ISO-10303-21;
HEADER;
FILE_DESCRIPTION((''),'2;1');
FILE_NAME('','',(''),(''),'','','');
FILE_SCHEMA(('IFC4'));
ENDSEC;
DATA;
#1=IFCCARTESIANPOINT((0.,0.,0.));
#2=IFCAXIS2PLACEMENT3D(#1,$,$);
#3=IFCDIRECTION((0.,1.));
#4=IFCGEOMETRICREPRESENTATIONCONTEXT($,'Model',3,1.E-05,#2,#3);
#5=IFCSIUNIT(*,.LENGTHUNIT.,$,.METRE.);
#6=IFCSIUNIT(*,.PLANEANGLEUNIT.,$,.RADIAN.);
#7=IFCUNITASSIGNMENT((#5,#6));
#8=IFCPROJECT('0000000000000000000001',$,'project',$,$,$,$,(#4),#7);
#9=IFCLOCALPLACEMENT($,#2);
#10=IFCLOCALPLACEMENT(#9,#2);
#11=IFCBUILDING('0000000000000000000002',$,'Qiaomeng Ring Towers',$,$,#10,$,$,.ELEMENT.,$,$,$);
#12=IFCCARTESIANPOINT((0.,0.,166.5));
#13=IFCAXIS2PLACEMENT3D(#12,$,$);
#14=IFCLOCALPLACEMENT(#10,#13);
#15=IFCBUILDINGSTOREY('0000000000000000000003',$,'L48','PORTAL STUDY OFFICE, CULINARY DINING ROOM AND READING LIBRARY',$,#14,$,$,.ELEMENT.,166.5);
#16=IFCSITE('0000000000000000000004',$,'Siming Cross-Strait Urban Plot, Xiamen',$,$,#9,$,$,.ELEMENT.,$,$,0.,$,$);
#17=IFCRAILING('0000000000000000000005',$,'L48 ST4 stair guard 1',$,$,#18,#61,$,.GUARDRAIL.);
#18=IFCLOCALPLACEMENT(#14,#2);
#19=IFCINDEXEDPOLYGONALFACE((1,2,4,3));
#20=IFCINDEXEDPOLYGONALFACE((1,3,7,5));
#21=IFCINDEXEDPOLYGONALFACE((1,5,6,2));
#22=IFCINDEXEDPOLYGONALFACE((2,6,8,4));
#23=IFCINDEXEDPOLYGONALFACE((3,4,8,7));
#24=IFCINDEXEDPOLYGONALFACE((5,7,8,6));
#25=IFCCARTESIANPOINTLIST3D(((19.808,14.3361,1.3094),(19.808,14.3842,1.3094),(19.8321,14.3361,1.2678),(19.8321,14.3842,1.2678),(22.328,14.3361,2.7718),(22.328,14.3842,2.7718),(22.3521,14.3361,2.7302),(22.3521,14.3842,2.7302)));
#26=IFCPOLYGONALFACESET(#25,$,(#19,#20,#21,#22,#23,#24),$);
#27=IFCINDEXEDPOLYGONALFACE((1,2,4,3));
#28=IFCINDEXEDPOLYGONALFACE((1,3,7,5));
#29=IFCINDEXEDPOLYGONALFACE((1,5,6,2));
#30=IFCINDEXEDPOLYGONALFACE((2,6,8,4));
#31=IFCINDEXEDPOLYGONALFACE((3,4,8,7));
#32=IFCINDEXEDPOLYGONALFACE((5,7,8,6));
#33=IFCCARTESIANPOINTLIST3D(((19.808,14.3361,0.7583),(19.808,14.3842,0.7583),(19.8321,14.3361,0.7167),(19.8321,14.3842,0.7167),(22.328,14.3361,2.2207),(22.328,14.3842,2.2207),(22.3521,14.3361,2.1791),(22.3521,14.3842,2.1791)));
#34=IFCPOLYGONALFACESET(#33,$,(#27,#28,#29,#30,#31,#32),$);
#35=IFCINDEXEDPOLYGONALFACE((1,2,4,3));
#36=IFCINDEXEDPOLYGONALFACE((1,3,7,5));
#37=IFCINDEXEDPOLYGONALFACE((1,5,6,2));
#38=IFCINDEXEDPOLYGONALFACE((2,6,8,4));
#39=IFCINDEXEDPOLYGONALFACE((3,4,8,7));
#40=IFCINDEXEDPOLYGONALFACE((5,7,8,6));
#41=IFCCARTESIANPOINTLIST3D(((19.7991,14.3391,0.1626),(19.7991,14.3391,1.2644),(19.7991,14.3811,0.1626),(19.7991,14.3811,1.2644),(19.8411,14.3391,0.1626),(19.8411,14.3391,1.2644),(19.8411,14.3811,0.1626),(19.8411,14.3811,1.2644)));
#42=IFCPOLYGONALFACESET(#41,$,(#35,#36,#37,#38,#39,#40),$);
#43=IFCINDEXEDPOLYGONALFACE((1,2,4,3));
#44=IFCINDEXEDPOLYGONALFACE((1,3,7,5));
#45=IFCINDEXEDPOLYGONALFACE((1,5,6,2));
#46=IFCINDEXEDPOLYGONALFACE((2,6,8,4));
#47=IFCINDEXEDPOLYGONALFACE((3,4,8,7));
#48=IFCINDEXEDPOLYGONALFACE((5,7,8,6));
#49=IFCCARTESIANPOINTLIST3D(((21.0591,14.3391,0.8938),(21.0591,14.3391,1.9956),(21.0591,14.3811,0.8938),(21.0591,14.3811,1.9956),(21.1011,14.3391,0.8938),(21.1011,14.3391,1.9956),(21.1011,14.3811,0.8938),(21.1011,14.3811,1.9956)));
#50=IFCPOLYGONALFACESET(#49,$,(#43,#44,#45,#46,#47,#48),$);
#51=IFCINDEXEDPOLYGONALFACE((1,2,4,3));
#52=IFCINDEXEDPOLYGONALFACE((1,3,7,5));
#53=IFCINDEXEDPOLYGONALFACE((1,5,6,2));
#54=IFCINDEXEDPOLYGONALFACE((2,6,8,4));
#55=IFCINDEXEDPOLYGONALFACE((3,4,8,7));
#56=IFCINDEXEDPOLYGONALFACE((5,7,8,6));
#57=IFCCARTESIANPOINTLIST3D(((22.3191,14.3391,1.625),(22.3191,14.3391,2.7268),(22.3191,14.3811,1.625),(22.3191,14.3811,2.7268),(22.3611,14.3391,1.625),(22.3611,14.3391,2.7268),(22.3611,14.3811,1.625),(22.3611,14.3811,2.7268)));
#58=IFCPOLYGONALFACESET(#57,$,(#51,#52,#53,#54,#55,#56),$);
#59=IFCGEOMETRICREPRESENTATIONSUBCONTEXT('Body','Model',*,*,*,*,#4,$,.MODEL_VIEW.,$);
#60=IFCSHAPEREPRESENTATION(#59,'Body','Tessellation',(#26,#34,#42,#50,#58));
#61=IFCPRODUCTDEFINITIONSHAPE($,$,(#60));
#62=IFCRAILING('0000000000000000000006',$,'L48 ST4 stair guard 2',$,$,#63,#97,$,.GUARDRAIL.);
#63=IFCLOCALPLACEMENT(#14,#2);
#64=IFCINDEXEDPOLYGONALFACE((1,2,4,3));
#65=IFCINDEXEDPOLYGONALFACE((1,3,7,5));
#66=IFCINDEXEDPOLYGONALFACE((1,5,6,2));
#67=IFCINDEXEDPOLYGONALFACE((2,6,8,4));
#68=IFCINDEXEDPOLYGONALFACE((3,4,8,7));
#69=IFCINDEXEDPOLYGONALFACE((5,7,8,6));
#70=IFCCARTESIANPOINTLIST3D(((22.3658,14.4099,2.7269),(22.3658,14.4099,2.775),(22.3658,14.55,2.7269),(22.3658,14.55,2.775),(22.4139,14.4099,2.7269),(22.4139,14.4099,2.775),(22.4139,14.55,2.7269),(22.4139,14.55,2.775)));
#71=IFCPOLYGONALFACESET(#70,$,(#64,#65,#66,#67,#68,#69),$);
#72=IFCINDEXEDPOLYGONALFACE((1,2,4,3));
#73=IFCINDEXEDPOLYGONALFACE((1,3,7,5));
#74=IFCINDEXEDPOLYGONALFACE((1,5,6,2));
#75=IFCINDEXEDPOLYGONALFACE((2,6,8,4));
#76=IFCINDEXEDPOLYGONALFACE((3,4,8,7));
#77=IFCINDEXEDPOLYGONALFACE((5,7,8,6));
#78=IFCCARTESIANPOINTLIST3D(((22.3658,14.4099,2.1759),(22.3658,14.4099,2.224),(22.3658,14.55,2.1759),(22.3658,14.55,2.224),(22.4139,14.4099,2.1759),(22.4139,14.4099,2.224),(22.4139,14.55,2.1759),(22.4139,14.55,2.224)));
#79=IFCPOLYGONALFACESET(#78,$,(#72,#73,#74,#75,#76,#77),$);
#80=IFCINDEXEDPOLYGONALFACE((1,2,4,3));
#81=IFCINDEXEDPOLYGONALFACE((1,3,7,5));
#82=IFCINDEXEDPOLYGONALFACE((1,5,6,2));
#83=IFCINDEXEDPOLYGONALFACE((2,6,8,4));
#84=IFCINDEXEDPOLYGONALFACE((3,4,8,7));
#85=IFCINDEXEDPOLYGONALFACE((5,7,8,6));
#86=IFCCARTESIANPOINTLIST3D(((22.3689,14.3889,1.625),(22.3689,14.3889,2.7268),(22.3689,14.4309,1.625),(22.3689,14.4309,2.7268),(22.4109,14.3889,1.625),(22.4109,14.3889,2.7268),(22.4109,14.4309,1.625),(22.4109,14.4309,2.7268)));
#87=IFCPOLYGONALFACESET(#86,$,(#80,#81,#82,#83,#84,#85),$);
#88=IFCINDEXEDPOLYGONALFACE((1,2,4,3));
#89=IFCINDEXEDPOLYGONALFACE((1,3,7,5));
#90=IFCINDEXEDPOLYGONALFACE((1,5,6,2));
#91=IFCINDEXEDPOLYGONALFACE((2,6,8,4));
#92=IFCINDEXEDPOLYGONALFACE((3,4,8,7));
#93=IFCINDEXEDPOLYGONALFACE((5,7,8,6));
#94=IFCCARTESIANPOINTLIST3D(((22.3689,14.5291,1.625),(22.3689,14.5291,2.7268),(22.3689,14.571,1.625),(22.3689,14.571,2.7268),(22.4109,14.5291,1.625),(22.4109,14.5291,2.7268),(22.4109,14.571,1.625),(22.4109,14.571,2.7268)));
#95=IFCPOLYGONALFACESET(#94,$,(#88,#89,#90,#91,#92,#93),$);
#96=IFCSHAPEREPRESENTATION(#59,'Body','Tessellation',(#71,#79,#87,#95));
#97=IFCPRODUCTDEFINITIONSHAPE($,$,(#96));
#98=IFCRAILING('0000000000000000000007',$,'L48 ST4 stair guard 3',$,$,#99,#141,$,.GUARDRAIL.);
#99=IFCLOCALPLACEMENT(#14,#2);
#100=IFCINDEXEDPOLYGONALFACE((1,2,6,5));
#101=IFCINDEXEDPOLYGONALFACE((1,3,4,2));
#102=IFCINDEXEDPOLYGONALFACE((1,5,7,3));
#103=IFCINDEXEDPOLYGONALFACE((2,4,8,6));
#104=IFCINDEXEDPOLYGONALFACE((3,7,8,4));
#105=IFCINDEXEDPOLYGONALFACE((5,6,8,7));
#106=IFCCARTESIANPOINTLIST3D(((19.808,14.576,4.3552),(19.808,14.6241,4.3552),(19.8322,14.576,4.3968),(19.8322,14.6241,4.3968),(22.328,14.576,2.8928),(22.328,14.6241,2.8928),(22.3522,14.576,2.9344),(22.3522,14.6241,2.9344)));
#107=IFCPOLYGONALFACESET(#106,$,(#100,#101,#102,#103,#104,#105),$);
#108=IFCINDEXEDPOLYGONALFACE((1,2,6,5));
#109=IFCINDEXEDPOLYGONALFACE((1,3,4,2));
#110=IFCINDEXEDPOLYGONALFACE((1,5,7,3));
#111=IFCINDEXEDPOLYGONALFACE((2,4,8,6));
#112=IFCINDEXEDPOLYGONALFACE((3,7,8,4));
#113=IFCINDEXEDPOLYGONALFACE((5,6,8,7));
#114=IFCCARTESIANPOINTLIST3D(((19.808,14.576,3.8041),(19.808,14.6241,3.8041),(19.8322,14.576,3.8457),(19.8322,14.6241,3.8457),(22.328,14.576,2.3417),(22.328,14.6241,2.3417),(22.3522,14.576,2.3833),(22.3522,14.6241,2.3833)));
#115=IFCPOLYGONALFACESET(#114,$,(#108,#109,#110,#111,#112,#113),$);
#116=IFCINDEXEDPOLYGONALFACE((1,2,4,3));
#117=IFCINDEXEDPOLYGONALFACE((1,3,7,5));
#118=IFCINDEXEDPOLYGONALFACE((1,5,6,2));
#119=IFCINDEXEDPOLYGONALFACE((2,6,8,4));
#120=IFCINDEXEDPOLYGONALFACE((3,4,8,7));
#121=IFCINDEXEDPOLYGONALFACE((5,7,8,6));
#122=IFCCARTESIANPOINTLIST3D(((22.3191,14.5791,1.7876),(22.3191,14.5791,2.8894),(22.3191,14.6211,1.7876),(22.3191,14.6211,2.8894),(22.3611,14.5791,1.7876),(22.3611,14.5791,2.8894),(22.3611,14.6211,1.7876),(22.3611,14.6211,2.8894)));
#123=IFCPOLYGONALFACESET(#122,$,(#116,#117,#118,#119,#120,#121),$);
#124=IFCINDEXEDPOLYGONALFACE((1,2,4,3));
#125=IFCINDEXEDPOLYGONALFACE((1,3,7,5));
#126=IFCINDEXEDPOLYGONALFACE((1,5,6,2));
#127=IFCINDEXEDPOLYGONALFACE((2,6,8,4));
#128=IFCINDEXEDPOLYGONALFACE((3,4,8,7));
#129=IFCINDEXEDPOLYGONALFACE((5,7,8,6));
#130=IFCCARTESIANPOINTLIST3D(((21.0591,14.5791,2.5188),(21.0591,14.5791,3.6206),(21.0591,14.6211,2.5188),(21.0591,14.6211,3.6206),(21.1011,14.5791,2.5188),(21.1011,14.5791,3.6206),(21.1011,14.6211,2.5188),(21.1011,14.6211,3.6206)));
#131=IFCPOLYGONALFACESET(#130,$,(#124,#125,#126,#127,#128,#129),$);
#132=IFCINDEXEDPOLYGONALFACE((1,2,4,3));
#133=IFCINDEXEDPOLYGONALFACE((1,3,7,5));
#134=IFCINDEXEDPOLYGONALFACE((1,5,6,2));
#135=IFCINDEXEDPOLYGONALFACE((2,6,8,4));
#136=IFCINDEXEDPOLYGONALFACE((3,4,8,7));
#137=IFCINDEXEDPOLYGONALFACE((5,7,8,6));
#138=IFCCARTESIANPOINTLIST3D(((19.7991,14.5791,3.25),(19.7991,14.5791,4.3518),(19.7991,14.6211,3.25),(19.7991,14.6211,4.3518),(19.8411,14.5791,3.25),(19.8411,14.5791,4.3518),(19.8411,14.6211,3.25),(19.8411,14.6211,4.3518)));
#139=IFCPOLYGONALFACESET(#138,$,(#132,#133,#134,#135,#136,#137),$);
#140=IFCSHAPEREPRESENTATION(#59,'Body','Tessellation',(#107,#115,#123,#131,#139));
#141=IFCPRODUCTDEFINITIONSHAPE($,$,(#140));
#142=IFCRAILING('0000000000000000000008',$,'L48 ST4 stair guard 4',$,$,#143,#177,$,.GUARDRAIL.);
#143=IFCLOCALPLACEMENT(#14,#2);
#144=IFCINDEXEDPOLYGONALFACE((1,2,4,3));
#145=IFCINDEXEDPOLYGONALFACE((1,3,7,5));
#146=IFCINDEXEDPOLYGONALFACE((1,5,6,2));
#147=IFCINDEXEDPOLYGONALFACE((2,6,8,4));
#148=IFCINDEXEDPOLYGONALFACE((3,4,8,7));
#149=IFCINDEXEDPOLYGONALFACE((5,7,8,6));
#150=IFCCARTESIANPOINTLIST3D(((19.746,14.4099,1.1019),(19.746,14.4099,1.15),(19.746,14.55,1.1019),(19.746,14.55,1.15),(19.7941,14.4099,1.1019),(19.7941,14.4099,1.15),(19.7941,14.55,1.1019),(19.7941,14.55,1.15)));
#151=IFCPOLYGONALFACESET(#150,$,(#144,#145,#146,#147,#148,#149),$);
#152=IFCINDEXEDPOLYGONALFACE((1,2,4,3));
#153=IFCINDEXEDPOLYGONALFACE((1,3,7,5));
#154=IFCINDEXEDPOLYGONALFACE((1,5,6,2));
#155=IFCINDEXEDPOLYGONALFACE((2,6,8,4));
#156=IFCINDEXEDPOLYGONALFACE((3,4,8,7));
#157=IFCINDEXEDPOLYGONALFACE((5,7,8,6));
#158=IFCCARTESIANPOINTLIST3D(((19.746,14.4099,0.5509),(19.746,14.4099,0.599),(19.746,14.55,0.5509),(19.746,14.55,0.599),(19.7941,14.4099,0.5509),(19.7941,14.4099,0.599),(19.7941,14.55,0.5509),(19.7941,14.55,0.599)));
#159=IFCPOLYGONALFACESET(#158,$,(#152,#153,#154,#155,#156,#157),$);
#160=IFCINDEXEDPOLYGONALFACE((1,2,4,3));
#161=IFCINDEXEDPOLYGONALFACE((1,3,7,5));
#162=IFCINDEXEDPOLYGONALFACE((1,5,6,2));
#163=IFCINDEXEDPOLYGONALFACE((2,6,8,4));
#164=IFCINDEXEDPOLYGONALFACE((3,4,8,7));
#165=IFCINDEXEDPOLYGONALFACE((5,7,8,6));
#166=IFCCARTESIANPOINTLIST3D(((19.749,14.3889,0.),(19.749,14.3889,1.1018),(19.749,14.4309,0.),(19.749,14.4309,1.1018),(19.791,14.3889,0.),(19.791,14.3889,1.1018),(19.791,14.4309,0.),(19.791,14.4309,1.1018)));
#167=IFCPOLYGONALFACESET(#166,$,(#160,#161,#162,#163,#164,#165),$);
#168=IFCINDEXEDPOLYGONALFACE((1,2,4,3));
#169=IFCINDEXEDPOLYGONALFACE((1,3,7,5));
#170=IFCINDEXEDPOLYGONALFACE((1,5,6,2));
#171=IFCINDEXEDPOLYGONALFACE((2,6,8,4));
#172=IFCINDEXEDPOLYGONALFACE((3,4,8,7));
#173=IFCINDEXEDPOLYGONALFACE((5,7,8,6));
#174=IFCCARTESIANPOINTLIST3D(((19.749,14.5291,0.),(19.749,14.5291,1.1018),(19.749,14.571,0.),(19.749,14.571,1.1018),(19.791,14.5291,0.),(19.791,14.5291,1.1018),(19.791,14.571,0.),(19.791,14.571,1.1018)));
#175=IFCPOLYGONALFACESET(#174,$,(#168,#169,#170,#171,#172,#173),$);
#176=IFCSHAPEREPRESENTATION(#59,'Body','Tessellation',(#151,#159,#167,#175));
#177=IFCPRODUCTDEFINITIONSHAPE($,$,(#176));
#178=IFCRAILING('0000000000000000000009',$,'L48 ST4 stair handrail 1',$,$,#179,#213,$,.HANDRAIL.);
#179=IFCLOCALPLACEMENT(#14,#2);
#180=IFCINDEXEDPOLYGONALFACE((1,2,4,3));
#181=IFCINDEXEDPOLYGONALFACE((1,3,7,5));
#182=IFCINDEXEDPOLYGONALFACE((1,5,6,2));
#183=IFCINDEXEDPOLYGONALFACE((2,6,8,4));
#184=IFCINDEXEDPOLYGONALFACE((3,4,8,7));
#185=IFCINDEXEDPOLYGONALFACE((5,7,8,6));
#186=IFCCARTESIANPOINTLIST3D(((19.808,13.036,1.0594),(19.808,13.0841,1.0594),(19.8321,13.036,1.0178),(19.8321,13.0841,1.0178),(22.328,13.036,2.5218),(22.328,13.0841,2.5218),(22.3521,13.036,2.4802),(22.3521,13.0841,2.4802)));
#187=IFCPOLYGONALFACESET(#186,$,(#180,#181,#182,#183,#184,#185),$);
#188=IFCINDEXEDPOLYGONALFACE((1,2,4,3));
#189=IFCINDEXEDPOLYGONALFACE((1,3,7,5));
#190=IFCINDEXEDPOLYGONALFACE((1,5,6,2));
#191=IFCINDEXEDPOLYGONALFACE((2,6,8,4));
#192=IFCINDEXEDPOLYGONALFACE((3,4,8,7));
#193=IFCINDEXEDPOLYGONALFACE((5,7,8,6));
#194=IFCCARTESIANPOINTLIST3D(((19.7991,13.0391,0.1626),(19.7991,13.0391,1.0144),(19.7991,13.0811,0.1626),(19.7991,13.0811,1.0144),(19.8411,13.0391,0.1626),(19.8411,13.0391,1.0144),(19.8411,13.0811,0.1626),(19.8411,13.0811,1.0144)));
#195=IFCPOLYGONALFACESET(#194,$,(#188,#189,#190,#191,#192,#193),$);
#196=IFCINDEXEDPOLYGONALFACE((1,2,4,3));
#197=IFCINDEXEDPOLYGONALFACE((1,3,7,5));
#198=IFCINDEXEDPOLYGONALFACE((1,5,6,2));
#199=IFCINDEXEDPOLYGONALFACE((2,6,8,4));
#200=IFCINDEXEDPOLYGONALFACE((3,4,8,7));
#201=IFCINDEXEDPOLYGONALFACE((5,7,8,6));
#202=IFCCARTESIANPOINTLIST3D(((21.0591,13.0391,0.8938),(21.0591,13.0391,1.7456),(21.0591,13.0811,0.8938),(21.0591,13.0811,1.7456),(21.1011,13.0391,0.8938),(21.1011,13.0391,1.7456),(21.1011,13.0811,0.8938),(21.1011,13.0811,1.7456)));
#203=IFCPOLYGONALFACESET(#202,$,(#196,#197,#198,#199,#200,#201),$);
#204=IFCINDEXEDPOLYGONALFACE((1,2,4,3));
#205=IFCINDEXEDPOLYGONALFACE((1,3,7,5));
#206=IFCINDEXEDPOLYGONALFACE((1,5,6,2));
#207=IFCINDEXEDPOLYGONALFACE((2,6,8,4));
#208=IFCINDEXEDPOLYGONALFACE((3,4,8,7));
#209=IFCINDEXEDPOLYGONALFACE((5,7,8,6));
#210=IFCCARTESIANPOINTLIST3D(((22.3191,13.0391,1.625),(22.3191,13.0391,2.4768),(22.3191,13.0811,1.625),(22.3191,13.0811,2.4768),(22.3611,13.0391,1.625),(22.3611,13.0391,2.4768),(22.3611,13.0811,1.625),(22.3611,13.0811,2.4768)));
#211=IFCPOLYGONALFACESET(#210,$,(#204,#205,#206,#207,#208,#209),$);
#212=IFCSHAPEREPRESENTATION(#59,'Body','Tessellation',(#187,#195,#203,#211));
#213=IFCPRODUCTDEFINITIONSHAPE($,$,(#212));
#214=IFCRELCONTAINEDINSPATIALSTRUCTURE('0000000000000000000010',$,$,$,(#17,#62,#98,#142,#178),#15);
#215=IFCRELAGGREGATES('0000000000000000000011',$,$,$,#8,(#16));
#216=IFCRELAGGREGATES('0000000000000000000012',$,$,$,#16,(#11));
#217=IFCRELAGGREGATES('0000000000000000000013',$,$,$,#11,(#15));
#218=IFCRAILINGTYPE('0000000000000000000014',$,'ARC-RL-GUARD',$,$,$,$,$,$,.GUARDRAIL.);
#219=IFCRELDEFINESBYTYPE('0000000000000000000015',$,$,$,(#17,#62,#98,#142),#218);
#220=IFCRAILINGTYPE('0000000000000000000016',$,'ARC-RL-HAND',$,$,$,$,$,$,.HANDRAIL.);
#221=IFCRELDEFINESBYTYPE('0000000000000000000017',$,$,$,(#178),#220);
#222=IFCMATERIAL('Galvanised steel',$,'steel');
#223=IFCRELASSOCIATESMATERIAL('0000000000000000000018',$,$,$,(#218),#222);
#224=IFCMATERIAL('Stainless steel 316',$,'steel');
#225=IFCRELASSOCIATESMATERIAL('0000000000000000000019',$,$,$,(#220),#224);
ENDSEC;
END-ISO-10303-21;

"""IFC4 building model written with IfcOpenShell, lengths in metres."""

from ifc_helpers import new_model, si_unit, direction, frame, origin, origin_2d, place, context, subcontext, project, spatial, rectangle, extrude, material, type_object, element, save


model = new_model("IFC4")

# Units and contexts
model_context = context("Model", 3, precision=1e-05, world=origin(), true_north=direction((0.0, 1.0)))
body_context = subcontext(model_context, "Body", "Model", "MODEL_VIEW")
ifc_project = project(units=[si_unit("LENGTHUNIT", "METRE"), si_unit("PLANEANGLEUNIT", "RADIAN")], contexts=[model_context])

# Site, building, storey
site_placement = place(None, origin())
site = spatial("IfcSite", under=ifc_project, at=site_placement, Name="Siming Cross-Strait Urban Plot, Xiamen", CompositionType="ELEMENT", RefElevation=0.0)
building_placement = place(site_placement, origin())
building = spatial("IfcBuilding", under=site, at=building_placement, Name="Qiaomeng Ring Towers", CompositionType="ELEMENT")
storey_placement = place(building_placement, frame((0.0, 0.0, 166.5)))
storey = spatial("IfcBuildingStorey", under=building, at=storey_placement, Name="L48", Description="PORTAL STUDY OFFICE, CULINARY DINING ROOM AND READING LIBRARY", CompositionType="ELEMENT", Elevation=166.5)

# Shared definitions
ifc_material_1 = material(Name="Galvanised steel", Category="steel")

# Railings
railing_type_1 = type_object("IfcRailingType", Name="ARC-RL-GUARD", PredefinedType="GUARDRAIL", material=ifc_material_1)
railing_1_placement = place(storey_placement, frame((19.8201, 14.3601, 0.1626)))
element("IfcRailing", 1, at=railing_1_placement, inside=storey, type_object=railing_type_1, Name="L48 ST4 stair guard 1", PredefinedType="GUARDRAIL", context=body_context, shape_type="SweptSolid", body=[
    extrude(rectangle(XDim=0.0481, YDim=0.0481, at=origin_2d()), frame((0.0, 0.0, 1.126), z_axis=(0.864913, 0.0, 0.501921), x_axis=(0.0, 1.0, 0.0)), (0.0, 0.0, 1.0), 2.9136),
    extrude(rectangle(XDim=0.0481, YDim=0.0481, at=origin_2d()), frame((0.0, 0.0, 0.575), z_axis=(0.864913, 0.0, 0.501921), x_axis=(0.0, 1.0, 0.0)), (0.0, 0.0, 1.0), 2.9136),
    extrude(rectangle(XDim=0.042, YDim=0.042, at=origin_2d()), origin(), (0.0, 0.0, 1.0), 1.1018),
    extrude(rectangle(XDim=0.042, YDim=0.042, at=origin_2d()), frame((1.26, 0.0, 0.7312)), (0.0, 0.0, 1.0), 1.1018),
    extrude(rectangle(XDim=0.042, YDim=0.042, at=origin_2d()), frame((2.52, 0.0, 1.4624)), (0.0, 0.0, 1.0), 1.1018),
])
railing_2_placement = place(storey_placement, frame((22.3899, 14.4099, 1.625)))
element("IfcRailing", 2, at=railing_2_placement, inside=storey, type_object=railing_type_1, Name="L48 ST4 stair guard 2", PredefinedType="GUARDRAIL", context=body_context, shape_type="SweptSolid", body=[
    extrude(rectangle(XDim=0.0481, YDim=0.0481, at=origin_2d()), frame((0.0, 0.0, 1.126), z_axis=(0.0, 1.0, 0.0), x_axis=(-1.0, 0.0, 0.0)), (0.0, 0.0, 1.0), 0.1401),
    extrude(rectangle(XDim=0.0481, YDim=0.0481, at=origin_2d()), frame((0.0, 0.0, 0.575), z_axis=(0.0, 1.0, 0.0), x_axis=(-1.0, 0.0, 0.0)), (0.0, 0.0, 1.0), 0.1401),
    extrude(rectangle(XDim=0.042, YDim=0.042, at=origin_2d()), origin(), (0.0, 0.0, 1.0), 1.1018),
    extrude(rectangle(XDim=0.042, YDim=0.042, at=origin_2d()), frame((0.0, 0.1401, 0.0)), (0.0, 0.0, 1.0), 1.1018),
])
railing_3_placement = place(storey_placement, frame((22.3401, 14.6001, 1.7876)))
element("IfcRailing", 3, at=railing_3_placement, inside=storey, type_object=railing_type_1, Name="L48 ST4 stair guard 3", PredefinedType="GUARDRAIL", context=body_context, shape_type="SweptSolid", body=[
    extrude(rectangle(XDim=0.0481, YDim=0.0481, at=origin_2d()), frame((0.0, 0.0, 1.126), z_axis=(-0.864913, 0.0, 0.501921), x_axis=(0.0, -1.0, 0.0)), (0.0, 0.0, 1.0), 2.9136),
    extrude(rectangle(XDim=0.0481, YDim=0.0481, at=origin_2d()), frame((0.0, 0.0, 0.575), z_axis=(-0.864913, 0.0, 0.501921), x_axis=(0.0, -1.0, 0.0)), (0.0, 0.0, 1.0), 2.9136),
    extrude(rectangle(XDim=0.042, YDim=0.042, at=origin_2d()), origin(), (0.0, 0.0, 1.0), 1.1018),
    extrude(rectangle(XDim=0.042, YDim=0.042, at=origin_2d()), frame((-1.26, 0.0, 0.7312)), (0.0, 0.0, 1.0), 1.1018),
    extrude(rectangle(XDim=0.042, YDim=0.042, at=origin_2d()), frame((-2.52, 0.0, 1.4624)), (0.0, 0.0, 1.0), 1.1018),
])
railing_4_placement = place(storey_placement, frame((19.77, 14.4099, 0.0)))
element("IfcRailing", 4, at=railing_4_placement, inside=storey, type_object=railing_type_1, Name="L48 ST4 stair guard 4", PredefinedType="GUARDRAIL", context=body_context, shape_type="SweptSolid", body=[
    extrude(rectangle(XDim=0.0481, YDim=0.0481, at=origin_2d()), frame((0.0, 0.0, 1.126), z_axis=(0.0, 1.0, 0.0), x_axis=(-1.0, 0.0, 0.0)), (0.0, 0.0, 1.0), 0.1401),
    extrude(rectangle(XDim=0.0481, YDim=0.0481, at=origin_2d()), frame((0.0, 0.0, 0.575), z_axis=(0.0, 1.0, 0.0), x_axis=(-1.0, 0.0, 0.0)), (0.0, 0.0, 1.0), 0.1401),
    extrude(rectangle(XDim=0.042, YDim=0.042, at=origin_2d()), origin(), (0.0, 0.0, 1.0), 1.1018),
    extrude(rectangle(XDim=0.042, YDim=0.042, at=origin_2d()), frame((0.0, 0.1401, 0.0)), (0.0, 0.0, 1.0), 1.1018),
])
ifc_material_2 = material(Name="Stainless steel 316", Category="steel")
railing_type_2 = type_object("IfcRailingType", Name="ARC-RL-HAND", PredefinedType="HANDRAIL", material=ifc_material_2)
railing_5_placement = place(storey_placement, frame((19.8201, 13.0601, 0.1626)))
element("IfcRailing", 5, at=railing_5_placement, inside=storey, type_object=railing_type_2, Name="L48 ST4 stair handrail 1", PredefinedType="HANDRAIL", context=body_context, shape_type="SweptSolid", body=[
    extrude(rectangle(XDim=0.0481, YDim=0.0481, at=origin_2d()), frame((0.0, 0.0, 0.876), z_axis=(0.864913, 0.0, 0.501921), x_axis=(0.0, 1.0, 0.0)), (0.0, 0.0, 1.0), 2.9136),
    extrude(rectangle(XDim=0.042, YDim=0.042, at=origin_2d()), origin(), (0.0, 0.0, 1.0), 0.8518),
    extrude(rectangle(XDim=0.042, YDim=0.042, at=origin_2d()), frame((1.26, 0.0, 0.7312)), (0.0, 0.0, 1.0), 0.8518),
    extrude(rectangle(XDim=0.042, YDim=0.042, at=origin_2d()), frame((2.52, 0.0, 1.4624)), (0.0, 0.0, 1.0), 0.8518),
])

save(model, "model.ifc")
